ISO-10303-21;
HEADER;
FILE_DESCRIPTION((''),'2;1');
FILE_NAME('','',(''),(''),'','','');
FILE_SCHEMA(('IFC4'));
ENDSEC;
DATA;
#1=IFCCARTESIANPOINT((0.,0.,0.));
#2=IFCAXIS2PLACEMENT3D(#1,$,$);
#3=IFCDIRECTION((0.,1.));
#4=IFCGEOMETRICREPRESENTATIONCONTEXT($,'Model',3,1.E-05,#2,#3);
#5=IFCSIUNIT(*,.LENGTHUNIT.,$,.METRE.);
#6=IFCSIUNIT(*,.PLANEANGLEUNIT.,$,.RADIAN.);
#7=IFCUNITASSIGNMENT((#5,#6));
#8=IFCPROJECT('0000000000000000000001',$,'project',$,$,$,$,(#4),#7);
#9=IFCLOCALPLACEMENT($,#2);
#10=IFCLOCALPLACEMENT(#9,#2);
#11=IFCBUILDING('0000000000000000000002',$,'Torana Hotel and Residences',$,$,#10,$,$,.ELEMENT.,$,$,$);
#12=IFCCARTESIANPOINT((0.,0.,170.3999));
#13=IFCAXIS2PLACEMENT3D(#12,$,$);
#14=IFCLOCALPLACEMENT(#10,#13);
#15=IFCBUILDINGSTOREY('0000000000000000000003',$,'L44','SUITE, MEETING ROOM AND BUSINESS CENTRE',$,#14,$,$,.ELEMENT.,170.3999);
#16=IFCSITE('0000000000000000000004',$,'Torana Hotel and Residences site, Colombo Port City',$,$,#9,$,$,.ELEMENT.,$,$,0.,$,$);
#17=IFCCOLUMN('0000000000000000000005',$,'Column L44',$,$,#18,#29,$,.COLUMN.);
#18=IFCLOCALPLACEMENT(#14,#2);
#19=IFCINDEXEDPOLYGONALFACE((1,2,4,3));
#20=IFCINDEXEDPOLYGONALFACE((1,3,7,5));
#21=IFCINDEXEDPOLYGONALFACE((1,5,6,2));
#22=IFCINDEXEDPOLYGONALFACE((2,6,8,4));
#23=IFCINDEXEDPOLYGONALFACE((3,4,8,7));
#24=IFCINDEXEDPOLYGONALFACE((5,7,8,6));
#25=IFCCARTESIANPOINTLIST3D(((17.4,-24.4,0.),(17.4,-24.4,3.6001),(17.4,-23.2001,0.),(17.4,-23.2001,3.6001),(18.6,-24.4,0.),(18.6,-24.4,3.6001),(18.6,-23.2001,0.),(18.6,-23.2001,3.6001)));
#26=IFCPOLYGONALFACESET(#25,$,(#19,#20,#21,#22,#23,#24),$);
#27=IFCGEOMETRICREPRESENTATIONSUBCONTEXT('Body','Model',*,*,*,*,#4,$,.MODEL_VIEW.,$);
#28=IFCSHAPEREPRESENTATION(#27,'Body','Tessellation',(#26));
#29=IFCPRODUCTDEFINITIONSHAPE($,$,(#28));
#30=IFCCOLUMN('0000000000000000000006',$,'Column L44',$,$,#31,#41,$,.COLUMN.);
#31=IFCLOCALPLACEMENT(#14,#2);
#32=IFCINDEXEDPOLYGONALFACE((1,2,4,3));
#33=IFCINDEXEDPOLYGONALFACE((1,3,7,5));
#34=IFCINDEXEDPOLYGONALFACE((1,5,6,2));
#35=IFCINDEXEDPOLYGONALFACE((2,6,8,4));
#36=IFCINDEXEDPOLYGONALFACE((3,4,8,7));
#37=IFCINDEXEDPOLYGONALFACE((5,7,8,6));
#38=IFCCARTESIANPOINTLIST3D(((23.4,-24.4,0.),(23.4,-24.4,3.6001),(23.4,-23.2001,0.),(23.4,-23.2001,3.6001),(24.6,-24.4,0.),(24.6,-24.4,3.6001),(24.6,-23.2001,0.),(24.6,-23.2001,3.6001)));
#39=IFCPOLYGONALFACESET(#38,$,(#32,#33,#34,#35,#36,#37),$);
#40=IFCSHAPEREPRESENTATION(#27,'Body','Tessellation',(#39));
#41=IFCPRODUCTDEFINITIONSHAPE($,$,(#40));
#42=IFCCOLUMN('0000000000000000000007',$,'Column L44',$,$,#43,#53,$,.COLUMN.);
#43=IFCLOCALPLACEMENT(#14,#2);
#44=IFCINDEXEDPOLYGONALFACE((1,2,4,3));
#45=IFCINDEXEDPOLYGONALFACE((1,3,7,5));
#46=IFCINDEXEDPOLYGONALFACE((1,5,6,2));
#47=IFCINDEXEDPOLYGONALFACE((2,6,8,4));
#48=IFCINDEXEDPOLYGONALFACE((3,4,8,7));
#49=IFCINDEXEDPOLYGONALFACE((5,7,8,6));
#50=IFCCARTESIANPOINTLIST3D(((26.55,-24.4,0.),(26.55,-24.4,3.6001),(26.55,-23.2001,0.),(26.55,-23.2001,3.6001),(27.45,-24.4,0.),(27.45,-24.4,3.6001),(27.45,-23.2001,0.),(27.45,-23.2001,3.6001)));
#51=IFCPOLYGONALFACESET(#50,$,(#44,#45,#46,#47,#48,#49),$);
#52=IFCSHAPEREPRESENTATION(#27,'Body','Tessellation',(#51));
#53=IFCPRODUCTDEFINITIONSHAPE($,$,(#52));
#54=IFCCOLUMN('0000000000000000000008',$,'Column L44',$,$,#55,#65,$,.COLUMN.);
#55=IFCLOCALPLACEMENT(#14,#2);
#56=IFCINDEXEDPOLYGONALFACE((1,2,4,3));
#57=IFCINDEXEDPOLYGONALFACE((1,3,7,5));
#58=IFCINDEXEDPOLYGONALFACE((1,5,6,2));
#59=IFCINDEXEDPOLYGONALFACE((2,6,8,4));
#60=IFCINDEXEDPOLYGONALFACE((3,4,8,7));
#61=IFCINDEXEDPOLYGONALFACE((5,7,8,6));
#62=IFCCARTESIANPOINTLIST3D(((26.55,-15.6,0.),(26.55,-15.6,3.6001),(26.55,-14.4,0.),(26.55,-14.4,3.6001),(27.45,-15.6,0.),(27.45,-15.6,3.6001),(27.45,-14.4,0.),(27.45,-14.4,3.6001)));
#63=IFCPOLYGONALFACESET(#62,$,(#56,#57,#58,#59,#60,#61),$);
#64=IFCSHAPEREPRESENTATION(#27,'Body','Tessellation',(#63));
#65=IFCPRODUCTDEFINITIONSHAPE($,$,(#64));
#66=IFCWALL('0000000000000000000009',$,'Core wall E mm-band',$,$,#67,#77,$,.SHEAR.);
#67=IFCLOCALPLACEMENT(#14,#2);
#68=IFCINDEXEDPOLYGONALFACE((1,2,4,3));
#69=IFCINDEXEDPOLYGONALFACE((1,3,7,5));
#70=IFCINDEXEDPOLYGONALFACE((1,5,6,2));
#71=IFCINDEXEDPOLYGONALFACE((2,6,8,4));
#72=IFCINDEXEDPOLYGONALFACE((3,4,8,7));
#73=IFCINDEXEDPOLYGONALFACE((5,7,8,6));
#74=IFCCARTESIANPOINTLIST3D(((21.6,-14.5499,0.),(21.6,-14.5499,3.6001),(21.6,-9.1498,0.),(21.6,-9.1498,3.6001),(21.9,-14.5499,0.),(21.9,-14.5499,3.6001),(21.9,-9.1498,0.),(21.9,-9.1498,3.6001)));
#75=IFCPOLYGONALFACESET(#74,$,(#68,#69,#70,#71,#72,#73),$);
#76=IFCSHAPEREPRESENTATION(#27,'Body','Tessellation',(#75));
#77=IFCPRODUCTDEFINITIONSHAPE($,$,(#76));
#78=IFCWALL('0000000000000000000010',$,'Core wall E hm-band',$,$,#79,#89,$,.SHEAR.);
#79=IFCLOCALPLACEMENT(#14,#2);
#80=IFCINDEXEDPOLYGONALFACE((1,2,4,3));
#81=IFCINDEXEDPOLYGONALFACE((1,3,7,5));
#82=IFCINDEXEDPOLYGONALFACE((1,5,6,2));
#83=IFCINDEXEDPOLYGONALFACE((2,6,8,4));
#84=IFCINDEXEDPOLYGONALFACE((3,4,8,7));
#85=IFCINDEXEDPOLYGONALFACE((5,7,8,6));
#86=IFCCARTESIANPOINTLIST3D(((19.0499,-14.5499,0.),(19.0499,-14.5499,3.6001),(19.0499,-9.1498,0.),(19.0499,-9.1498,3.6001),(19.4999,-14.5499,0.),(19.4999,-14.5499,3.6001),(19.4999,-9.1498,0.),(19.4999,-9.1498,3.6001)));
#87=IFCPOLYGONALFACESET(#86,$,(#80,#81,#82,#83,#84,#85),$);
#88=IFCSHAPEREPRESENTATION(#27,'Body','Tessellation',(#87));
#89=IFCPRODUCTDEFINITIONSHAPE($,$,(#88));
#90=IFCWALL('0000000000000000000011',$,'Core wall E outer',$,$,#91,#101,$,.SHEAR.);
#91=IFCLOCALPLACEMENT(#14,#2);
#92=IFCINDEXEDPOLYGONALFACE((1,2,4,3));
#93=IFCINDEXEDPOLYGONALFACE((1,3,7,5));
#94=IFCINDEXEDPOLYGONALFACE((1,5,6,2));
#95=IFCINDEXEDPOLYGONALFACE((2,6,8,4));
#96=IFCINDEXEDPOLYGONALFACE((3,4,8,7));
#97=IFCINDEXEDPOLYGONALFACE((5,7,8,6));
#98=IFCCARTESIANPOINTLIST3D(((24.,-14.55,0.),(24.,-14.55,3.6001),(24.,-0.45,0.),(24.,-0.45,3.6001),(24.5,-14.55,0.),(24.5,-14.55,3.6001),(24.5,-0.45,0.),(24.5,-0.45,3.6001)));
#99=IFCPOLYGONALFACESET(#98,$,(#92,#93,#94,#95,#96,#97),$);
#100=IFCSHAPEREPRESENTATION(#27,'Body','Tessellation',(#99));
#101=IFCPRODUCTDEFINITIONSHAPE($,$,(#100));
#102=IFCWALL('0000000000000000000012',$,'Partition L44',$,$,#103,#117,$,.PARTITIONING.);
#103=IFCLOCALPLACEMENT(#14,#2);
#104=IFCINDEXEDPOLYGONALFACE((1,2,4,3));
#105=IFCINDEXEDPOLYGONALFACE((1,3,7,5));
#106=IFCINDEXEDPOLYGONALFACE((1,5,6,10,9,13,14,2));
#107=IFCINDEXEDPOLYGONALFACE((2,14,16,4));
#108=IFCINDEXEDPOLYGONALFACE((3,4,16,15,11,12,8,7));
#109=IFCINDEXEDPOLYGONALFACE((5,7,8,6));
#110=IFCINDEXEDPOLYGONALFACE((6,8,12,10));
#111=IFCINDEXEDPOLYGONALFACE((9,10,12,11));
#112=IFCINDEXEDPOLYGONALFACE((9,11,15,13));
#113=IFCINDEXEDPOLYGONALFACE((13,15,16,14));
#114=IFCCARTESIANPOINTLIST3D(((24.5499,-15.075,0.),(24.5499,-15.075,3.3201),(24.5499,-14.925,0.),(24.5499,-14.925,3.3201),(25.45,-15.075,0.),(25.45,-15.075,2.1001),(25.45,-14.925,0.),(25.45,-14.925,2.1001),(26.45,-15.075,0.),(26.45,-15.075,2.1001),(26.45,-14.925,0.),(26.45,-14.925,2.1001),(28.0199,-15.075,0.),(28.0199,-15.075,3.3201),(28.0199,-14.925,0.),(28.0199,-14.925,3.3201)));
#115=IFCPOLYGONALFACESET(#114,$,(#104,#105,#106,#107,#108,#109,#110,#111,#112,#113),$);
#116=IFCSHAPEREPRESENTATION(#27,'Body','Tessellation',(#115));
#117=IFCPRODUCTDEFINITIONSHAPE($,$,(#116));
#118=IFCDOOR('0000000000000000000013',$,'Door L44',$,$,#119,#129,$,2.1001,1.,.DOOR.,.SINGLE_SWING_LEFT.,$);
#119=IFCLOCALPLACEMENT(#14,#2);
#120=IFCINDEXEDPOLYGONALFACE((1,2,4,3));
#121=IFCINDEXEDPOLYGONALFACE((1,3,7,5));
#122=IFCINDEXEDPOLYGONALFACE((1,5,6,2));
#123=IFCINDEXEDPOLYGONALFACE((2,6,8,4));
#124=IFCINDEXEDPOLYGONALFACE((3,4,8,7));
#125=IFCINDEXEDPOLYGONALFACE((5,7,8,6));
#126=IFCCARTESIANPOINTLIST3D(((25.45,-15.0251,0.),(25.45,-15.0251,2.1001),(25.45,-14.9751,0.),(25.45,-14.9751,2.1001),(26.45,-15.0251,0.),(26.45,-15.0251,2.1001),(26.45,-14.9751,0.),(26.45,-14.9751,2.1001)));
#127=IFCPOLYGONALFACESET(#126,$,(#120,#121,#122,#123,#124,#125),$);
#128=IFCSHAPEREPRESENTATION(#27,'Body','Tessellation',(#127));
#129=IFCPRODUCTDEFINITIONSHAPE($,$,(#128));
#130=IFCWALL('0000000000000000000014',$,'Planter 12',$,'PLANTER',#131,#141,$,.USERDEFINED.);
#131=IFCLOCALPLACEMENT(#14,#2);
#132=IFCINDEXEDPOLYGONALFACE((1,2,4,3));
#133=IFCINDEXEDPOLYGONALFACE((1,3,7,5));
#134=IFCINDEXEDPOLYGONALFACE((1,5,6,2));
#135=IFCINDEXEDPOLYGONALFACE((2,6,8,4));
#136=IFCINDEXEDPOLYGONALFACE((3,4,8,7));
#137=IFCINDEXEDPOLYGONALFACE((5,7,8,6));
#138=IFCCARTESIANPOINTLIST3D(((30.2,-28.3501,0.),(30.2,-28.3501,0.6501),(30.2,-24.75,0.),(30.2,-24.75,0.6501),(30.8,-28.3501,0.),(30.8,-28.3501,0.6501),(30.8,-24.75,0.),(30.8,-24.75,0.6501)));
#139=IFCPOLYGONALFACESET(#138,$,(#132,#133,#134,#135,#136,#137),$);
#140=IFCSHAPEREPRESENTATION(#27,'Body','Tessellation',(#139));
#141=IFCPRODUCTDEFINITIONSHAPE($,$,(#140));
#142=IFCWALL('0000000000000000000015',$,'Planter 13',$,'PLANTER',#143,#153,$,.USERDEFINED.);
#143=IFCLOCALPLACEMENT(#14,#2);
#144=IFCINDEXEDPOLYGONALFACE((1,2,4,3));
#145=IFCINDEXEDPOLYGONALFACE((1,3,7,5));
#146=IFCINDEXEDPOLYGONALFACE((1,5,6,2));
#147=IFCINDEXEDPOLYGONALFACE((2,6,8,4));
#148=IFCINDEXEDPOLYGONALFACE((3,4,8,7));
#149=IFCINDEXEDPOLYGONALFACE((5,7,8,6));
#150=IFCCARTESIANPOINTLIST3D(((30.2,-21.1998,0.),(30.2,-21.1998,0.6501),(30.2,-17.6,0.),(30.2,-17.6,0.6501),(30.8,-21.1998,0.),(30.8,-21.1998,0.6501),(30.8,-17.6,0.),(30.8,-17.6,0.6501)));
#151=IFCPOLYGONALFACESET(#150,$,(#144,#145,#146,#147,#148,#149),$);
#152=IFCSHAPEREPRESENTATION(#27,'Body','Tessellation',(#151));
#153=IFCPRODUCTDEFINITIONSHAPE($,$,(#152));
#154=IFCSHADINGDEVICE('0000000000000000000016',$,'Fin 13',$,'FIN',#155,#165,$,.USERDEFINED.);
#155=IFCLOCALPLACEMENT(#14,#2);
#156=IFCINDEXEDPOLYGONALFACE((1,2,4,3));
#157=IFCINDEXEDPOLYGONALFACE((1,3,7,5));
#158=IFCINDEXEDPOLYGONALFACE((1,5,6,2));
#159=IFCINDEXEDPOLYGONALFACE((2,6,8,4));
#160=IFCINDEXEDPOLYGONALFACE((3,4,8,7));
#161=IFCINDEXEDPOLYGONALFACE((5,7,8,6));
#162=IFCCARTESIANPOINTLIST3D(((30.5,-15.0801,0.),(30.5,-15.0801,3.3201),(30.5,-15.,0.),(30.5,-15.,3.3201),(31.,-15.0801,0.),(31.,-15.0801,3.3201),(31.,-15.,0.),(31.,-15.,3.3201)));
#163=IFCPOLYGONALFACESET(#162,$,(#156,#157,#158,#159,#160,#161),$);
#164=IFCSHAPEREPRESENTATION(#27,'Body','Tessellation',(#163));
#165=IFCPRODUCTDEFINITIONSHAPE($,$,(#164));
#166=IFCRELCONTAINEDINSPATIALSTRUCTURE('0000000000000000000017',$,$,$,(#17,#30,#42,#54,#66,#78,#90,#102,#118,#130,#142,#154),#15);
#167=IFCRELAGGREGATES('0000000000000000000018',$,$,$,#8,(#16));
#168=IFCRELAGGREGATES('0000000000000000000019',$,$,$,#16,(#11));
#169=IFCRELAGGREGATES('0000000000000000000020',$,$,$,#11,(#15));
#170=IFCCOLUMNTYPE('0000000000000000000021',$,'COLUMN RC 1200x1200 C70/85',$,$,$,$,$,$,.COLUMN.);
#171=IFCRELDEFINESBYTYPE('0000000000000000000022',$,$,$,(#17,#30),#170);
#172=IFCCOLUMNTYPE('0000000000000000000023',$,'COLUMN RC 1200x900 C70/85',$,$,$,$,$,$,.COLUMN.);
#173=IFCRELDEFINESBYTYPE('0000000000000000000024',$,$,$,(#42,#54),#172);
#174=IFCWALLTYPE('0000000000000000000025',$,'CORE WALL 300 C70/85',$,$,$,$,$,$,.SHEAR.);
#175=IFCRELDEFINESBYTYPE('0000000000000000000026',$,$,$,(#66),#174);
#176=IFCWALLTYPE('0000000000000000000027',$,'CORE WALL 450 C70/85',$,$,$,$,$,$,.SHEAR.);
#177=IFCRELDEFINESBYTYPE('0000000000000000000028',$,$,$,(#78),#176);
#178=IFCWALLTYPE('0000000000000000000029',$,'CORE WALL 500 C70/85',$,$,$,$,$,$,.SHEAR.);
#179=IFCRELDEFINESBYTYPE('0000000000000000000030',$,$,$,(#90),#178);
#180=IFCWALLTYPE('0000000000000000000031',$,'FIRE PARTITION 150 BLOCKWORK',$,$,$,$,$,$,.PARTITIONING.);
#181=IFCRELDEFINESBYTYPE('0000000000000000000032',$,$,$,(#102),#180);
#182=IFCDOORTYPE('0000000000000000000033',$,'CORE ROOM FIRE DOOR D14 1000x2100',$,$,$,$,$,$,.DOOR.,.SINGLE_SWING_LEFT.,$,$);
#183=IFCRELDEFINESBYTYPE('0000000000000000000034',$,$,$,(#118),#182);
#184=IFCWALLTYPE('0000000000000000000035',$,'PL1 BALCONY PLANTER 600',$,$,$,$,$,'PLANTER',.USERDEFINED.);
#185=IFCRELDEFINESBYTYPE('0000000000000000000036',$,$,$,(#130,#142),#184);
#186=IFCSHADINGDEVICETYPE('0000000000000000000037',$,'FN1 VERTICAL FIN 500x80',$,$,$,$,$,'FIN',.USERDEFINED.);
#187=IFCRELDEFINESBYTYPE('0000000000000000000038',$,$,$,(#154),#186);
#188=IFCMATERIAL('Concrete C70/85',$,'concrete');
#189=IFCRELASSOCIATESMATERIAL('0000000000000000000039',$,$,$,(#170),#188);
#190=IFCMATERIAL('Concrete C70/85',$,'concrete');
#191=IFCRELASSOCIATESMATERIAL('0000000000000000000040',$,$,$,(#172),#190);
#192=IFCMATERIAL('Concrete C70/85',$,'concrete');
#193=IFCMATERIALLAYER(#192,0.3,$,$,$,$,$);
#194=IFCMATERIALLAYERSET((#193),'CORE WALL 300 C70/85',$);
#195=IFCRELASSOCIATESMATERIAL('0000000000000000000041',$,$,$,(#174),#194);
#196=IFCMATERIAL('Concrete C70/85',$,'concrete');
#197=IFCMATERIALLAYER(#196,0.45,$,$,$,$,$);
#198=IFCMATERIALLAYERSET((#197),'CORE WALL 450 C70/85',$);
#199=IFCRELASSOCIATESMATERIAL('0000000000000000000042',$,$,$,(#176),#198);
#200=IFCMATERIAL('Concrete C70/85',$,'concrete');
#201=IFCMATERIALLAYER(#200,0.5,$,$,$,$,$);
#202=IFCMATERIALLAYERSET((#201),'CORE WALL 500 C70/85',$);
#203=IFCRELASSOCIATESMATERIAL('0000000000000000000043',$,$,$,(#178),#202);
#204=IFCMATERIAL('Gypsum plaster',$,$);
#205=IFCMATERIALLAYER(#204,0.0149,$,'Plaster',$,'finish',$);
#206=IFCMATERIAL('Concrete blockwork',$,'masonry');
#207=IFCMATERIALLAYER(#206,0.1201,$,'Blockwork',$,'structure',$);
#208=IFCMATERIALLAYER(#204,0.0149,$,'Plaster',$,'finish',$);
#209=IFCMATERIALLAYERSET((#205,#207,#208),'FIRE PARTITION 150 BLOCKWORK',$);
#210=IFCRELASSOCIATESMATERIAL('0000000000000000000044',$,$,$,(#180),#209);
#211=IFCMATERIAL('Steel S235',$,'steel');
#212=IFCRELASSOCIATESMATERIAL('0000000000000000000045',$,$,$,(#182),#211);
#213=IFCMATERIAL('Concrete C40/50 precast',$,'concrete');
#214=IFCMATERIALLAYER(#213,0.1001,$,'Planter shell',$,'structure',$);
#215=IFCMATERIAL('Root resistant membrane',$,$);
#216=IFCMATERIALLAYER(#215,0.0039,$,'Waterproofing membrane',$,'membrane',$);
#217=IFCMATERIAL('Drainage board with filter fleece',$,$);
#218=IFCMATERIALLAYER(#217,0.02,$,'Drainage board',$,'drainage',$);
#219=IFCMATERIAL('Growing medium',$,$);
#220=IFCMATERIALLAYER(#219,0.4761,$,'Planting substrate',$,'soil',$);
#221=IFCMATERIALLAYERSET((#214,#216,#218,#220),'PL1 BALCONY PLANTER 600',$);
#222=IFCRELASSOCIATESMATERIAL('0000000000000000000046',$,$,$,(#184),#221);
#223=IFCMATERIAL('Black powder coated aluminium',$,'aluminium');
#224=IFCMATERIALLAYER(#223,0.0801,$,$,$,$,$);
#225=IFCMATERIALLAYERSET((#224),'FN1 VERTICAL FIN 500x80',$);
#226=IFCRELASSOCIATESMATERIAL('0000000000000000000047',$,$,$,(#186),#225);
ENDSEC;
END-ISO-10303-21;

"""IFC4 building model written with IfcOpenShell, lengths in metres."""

from ifc_helpers import new_model, si_unit, direction, frame, frame_2d, origin, origin_2d, place, context, subcontext, project, spatial, rectangle, extrude, material, layer, layer_set, material_profile, profile_set, type_object, element, fill, save


model = new_model("IFC4")

# Units and contexts
model_context = context("Model", 3, precision=1e-05, world=origin(), true_north=direction((0.0, 1.0)))
body_context = subcontext(model_context, "Body", "Model", "MODEL_VIEW")
ifc_project = project(units=[si_unit("LENGTHUNIT", "METRE"), si_unit("PLANEANGLEUNIT", "RADIAN")], contexts=[model_context])

# Site, building, storey
site_placement = place(None, origin())
site = spatial("IfcSite", under=ifc_project, at=site_placement, Name="Torana Hotel and Residences site, Colombo Port City", CompositionType="ELEMENT", RefElevation=0.0)
building_placement = place(site_placement, origin())
building = spatial("IfcBuilding", under=site, at=building_placement, Name="Torana Hotel and Residences", CompositionType="ELEMENT")
storey_placement = place(building_placement, frame((0.0, 0.0, 170.3999)))
storey = spatial("IfcBuildingStorey", under=building, at=storey_placement, Name="L44", Description="SUITE, MEETING ROOM AND BUSINESS CENTRE", CompositionType="ELEMENT", Elevation=170.3999)

# Columns
ifc_material_1 = material(Name="Concrete C70/85", Category="concrete")
ifc_material_profile_1 = material_profile(ifc_material_1, rectangle(XDim=1.2, YDim=1.2, at=origin_2d()), Name="RC 1200x1200")
ifc_profile_set_1 = profile_set([ifc_material_profile_1], Name="Concrete C70/85")
column_type_1 = type_object("IfcColumnType", Name="COLUMN RC 1200x1200 C70/85", PredefinedType="COLUMN", material=ifc_profile_set_1)
for number, where, z_axis, x_axis, name in (
    (1, (18.0, -23.8, 0.0), (0.0, 0.0, 1.0), (1.0, 0.0, 0.0), "Column L44"),
    (2, (24.0, -23.8, 0.0), (0.0, 0.0, 1.0), (1.0, 0.0, 0.0), "Column L44"),
):
    element("IfcColumn", number, at=place(storey_placement, frame(where, z_axis=z_axis, x_axis=x_axis)), inside=storey, type_object=column_type_1, Name=name, PredefinedType="COLUMN", context=body_context, shape_type="SweptSolid", body=[
        extrude(rectangle(XDim=1.2, YDim=1.2, at=origin_2d()), origin(), (0.0, 0.0, 1.0), 3.6001),
    ])
ifc_material_2 = material(Name="Concrete C70/85", Category="concrete")
ifc_material_profile_2 = material_profile(ifc_material_2, rectangle(XDim=1.2, YDim=0.8999, at=origin_2d()), Name="RC 1200x900")
ifc_profile_set_2 = profile_set([ifc_material_profile_2], Name="Concrete C70/85")
column_type_2 = type_object("IfcColumnType", Name="COLUMN RC 1200x900 C70/85", PredefinedType="COLUMN", material=ifc_profile_set_2)
for number, where, z_axis, x_axis, name in (
    (3, (27.0, -23.8, 0.0), (0.0, 0.0, 1.0), (0.0, 1.0, 0.0), "Column L44"),
    (4, (27.0, -15.0, 0.0), (0.0, 0.0, 1.0), (0.0, 1.0, 0.0), "Column L44"),
):
    element("IfcColumn", number, at=place(storey_placement, frame(where, z_axis=z_axis, x_axis=x_axis)), inside=storey, type_object=column_type_2, Name=name, PredefinedType="COLUMN", context=body_context, shape_type="SweptSolid", body=[
        extrude(rectangle(XDim=1.2, YDim=0.8999, at=origin_2d()), origin(), (0.0, 0.0, 1.0), 3.6001),
    ])

# Walls
ifc_material_3 = material(Name="Concrete C70/85", Category="concrete")
ifc_layer_1 = layer(ifc_material_3, 0.3)
ifc_layer_set_1 = layer_set([ifc_layer_1], Name="CORE WALL 300 C70/85")
wall_type_1 = type_object("IfcWallType", Name="CORE WALL 300 C70/85", PredefinedType="SHEAR", material=ifc_layer_set_1)
wall_1_placement = place(storey_placement, frame((21.75, -14.55, 0.0), z_axis=(0.0, 0.0, 1.0), x_axis=(0.0, 1.0, 0.0)))
element("IfcWall", 5, at=wall_1_placement, inside=storey, type_object=wall_type_1, Name="Core wall E mm-band", PredefinedType="SHEAR", context=body_context, shape_type="SweptSolid", body=[
    extrude(rectangle(XDim=5.4001, YDim=0.3, at=frame_2d((2.7002, 0.0))), origin(), (0.0, 0.0, 1.0), 3.6001),
])
ifc_material_4 = material(Name="Concrete C70/85", Category="concrete")
ifc_layer_2 = layer(ifc_material_4, 0.45)
ifc_layer_set_2 = layer_set([ifc_layer_2], Name="CORE WALL 450 C70/85")
wall_type_2 = type_object("IfcWallType", Name="CORE WALL 450 C70/85", PredefinedType="SHEAR", material=ifc_layer_set_2)
wall_2_placement = place(storey_placement, frame((19.2749, -14.55, 0.0), z_axis=(0.0, 0.0, 1.0), x_axis=(0.0, 1.0, 0.0)))
element("IfcWall", 6, at=wall_2_placement, inside=storey, type_object=wall_type_2, Name="Core wall E hm-band", PredefinedType="SHEAR", context=body_context, shape_type="SweptSolid", body=[
    extrude(rectangle(XDim=5.4001, YDim=0.45, at=frame_2d((2.7002, 0.0))), origin(), (0.0, 0.0, 1.0), 3.6001),
])
ifc_material_5 = material(Name="Concrete C70/85", Category="concrete")
ifc_layer_3 = layer(ifc_material_5, 0.5)
ifc_layer_set_3 = layer_set([ifc_layer_3], Name="CORE WALL 500 C70/85")
wall_type_3 = type_object("IfcWallType", Name="CORE WALL 500 C70/85", PredefinedType="SHEAR", material=ifc_layer_set_3)
wall_3_placement = place(storey_placement, frame((24.25, -14.55, 0.0), z_axis=(0.0, 0.0, 1.0), x_axis=(0.0, 1.0, 0.0)))
element("IfcWall", 7, at=wall_3_placement, inside=storey, type_object=wall_type_3, Name="Core wall E outer", PredefinedType="SHEAR", context=body_context, shape_type="SweptSolid", body=[
    extrude(rectangle(XDim=14.1001, YDim=0.5, at=frame_2d((7.05, 0.0))), origin(), (0.0, 0.0, 1.0), 3.6001),
])

# Wall, opening, door
ifc_material_6 = material(Name="Gypsum plaster")
ifc_layer_4 = layer(ifc_material_6, 0.0149, Name="Plaster", Category="finish")
ifc_material_7 = material(Name="Concrete blockwork", Category="masonry")
ifc_layer_5 = layer(ifc_material_7, 0.1201, Name="Blockwork", Category="structure")
ifc_layer_6 = layer(ifc_material_6, 0.0149, Name="Plaster", Category="finish")
ifc_layer_set_4 = layer_set([ifc_layer_4, ifc_layer_5, ifc_layer_6], Name="FIRE PARTITION 150 BLOCKWORK")
wall_type_4 = type_object("IfcWallType", Name="FIRE PARTITION 150 BLOCKWORK", PredefinedType="PARTITIONING", material=ifc_layer_set_4)
wall_4_placement = place(storey_placement, frame((24.55, -15.0, 0.0), z_axis=(0.0, 0.0, 1.0), x_axis=(1.0, 0.0, 0.0)))
wall_4 = element("IfcWall", 8, at=wall_4_placement, inside=storey, type_object=wall_type_4, Name="Partition L44", PredefinedType="PARTITIONING", context=body_context, shape_type="SweptSolid", body=[
    extrude(rectangle(XDim=3.47, YDim=0.1499, at=frame_2d((1.7349, 0.0))), origin(), (0.0, 0.0, 1.0), 3.3201),
])
opening_placement = place(wall_4_placement, frame((0.8999, 0.0, 0.0)))
opening = element("IfcOpeningElement", 9, at=opening_placement, cuts=wall_4, PredefinedType="OPENING", context=body_context, shape_type="SweptSolid", body=[
    extrude(rectangle(XDim=1.0, YDim=2.1001, at=frame_2d((0.5, 1.05))), frame((0.0, 0.085, 0.0), z_axis=(0.0, -1.0, 0.0), x_axis=(1.0, 0.0, 0.0)), (0.0, 0.0, 1.0), 0.1699),
])
ifc_material_8 = material(Name="Steel S235", Category="steel")
door_type = type_object("IfcDoorType", Name="CORE ROOM FIRE DOOR D14 1000x2100", OperationType="SINGLE_SWING_LEFT", PredefinedType="DOOR", material=ifc_material_8)
door_placement = place(opening_placement, origin())
door = element("IfcDoor", 10, at=door_placement, inside=storey, type_object=door_type, Name="Door L44", OperationType="SINGLE_SWING_LEFT", OverallHeight=2.1001, OverallWidth=1.0, PredefinedType="DOOR", context=body_context, shape_type="SweptSolid", body=[
    extrude(rectangle(XDim=1.0, YDim=2.1001, at=frame_2d((0.5, 1.05))), frame((0.0, 0.0249, 0.0), z_axis=(0.0, -1.0, 0.0), x_axis=(1.0, 0.0, 0.0)), (0.0, 0.0, 1.0), 0.05),
])
fill(opening, door)

# Walls
ifc_material_9 = material(Name="Concrete C40/50 precast", Category="concrete")
ifc_layer_7 = layer(ifc_material_9, 0.1001, Name="Planter shell", Category="structure")
ifc_material_10 = material(Name="Root resistant membrane")
ifc_layer_8 = layer(ifc_material_10, 0.0039, Name="Waterproofing membrane", Category="membrane")
ifc_material_11 = material(Name="Drainage board with filter fleece")
ifc_layer_9 = layer(ifc_material_11, 0.02, Name="Drainage board", Category="drainage")
ifc_material_12 = material(Name="Growing medium")
ifc_layer_10 = layer(ifc_material_12, 0.4761, Name="Planting substrate", Category="soil")
ifc_layer_set_5 = layer_set([ifc_layer_7, ifc_layer_8, ifc_layer_9, ifc_layer_10], Name="PL1 BALCONY PLANTER 600")
wall_type_5 = type_object("IfcWallType", Name="PL1 BALCONY PLANTER 600", ElementType="PLANTER", PredefinedType="USERDEFINED", material=ifc_layer_set_5)
wall_5_placement = place(storey_placement, frame((30.5, -24.75, 0.0), z_axis=(0.0, 0.0, 1.0), x_axis=(0.0, -1.0, 0.0)))
element("IfcWall", 11, at=wall_5_placement, inside=storey, type_object=wall_type_5, Name="Planter 12", ObjectType="PLANTER", PredefinedType="USERDEFINED", context=body_context, shape_type="SweptSolid", body=[
    extrude(rectangle(XDim=3.6001, YDim=0.6001, at=frame_2d((1.8, 0.0))), origin(), (0.0, 0.0, 1.0), 0.6501),
])
wall_6_placement = place(storey_placement, frame((30.5, -17.6001, 0.0), z_axis=(0.0, 0.0, 1.0), x_axis=(0.0, -1.0, 0.0)))
element("IfcWall", 12, at=wall_6_placement, inside=storey, type_object=wall_type_5, Name="Planter 13", ObjectType="PLANTER", PredefinedType="USERDEFINED", context=body_context, shape_type="SweptSolid", body=[
    extrude(rectangle(XDim=3.5999, YDim=0.6001, at=frame_2d((1.7998, 0.0))), origin(), (0.0, 0.0, 1.0), 0.6501),
])

# Shading device
ifc_material_13 = material(Name="Black powder coated aluminium", Category="aluminium")
ifc_layer_11 = layer(ifc_material_13, 0.0801)
ifc_layer_set_6 = layer_set([ifc_layer_11], Name="FN1 VERTICAL FIN 500x80")
shading_device_type = type_object("IfcShadingDeviceType", Name="FN1 VERTICAL FIN 500x80", ElementType="FIN", PredefinedType="USERDEFINED", material=ifc_layer_set_6)
shading_device_placement = place(storey_placement, frame((30.75, -15.04, 0.0), z_axis=(0.0, 0.0, 1.0), x_axis=(0.0, -1.0, 0.0)))
element("IfcShadingDevice", 13, at=shading_device_placement, inside=storey, type_object=shading_device_type, Name="Fin 13", ObjectType="FIN", PredefinedType="USERDEFINED", context=body_context, shape_type="SweptSolid", body=[
    extrude(rectangle(XDim=0.0801, YDim=0.5, at=origin_2d()), origin(), (0.0, 0.0, 1.0), 3.3201),
])

save(model, "model.ifc")
